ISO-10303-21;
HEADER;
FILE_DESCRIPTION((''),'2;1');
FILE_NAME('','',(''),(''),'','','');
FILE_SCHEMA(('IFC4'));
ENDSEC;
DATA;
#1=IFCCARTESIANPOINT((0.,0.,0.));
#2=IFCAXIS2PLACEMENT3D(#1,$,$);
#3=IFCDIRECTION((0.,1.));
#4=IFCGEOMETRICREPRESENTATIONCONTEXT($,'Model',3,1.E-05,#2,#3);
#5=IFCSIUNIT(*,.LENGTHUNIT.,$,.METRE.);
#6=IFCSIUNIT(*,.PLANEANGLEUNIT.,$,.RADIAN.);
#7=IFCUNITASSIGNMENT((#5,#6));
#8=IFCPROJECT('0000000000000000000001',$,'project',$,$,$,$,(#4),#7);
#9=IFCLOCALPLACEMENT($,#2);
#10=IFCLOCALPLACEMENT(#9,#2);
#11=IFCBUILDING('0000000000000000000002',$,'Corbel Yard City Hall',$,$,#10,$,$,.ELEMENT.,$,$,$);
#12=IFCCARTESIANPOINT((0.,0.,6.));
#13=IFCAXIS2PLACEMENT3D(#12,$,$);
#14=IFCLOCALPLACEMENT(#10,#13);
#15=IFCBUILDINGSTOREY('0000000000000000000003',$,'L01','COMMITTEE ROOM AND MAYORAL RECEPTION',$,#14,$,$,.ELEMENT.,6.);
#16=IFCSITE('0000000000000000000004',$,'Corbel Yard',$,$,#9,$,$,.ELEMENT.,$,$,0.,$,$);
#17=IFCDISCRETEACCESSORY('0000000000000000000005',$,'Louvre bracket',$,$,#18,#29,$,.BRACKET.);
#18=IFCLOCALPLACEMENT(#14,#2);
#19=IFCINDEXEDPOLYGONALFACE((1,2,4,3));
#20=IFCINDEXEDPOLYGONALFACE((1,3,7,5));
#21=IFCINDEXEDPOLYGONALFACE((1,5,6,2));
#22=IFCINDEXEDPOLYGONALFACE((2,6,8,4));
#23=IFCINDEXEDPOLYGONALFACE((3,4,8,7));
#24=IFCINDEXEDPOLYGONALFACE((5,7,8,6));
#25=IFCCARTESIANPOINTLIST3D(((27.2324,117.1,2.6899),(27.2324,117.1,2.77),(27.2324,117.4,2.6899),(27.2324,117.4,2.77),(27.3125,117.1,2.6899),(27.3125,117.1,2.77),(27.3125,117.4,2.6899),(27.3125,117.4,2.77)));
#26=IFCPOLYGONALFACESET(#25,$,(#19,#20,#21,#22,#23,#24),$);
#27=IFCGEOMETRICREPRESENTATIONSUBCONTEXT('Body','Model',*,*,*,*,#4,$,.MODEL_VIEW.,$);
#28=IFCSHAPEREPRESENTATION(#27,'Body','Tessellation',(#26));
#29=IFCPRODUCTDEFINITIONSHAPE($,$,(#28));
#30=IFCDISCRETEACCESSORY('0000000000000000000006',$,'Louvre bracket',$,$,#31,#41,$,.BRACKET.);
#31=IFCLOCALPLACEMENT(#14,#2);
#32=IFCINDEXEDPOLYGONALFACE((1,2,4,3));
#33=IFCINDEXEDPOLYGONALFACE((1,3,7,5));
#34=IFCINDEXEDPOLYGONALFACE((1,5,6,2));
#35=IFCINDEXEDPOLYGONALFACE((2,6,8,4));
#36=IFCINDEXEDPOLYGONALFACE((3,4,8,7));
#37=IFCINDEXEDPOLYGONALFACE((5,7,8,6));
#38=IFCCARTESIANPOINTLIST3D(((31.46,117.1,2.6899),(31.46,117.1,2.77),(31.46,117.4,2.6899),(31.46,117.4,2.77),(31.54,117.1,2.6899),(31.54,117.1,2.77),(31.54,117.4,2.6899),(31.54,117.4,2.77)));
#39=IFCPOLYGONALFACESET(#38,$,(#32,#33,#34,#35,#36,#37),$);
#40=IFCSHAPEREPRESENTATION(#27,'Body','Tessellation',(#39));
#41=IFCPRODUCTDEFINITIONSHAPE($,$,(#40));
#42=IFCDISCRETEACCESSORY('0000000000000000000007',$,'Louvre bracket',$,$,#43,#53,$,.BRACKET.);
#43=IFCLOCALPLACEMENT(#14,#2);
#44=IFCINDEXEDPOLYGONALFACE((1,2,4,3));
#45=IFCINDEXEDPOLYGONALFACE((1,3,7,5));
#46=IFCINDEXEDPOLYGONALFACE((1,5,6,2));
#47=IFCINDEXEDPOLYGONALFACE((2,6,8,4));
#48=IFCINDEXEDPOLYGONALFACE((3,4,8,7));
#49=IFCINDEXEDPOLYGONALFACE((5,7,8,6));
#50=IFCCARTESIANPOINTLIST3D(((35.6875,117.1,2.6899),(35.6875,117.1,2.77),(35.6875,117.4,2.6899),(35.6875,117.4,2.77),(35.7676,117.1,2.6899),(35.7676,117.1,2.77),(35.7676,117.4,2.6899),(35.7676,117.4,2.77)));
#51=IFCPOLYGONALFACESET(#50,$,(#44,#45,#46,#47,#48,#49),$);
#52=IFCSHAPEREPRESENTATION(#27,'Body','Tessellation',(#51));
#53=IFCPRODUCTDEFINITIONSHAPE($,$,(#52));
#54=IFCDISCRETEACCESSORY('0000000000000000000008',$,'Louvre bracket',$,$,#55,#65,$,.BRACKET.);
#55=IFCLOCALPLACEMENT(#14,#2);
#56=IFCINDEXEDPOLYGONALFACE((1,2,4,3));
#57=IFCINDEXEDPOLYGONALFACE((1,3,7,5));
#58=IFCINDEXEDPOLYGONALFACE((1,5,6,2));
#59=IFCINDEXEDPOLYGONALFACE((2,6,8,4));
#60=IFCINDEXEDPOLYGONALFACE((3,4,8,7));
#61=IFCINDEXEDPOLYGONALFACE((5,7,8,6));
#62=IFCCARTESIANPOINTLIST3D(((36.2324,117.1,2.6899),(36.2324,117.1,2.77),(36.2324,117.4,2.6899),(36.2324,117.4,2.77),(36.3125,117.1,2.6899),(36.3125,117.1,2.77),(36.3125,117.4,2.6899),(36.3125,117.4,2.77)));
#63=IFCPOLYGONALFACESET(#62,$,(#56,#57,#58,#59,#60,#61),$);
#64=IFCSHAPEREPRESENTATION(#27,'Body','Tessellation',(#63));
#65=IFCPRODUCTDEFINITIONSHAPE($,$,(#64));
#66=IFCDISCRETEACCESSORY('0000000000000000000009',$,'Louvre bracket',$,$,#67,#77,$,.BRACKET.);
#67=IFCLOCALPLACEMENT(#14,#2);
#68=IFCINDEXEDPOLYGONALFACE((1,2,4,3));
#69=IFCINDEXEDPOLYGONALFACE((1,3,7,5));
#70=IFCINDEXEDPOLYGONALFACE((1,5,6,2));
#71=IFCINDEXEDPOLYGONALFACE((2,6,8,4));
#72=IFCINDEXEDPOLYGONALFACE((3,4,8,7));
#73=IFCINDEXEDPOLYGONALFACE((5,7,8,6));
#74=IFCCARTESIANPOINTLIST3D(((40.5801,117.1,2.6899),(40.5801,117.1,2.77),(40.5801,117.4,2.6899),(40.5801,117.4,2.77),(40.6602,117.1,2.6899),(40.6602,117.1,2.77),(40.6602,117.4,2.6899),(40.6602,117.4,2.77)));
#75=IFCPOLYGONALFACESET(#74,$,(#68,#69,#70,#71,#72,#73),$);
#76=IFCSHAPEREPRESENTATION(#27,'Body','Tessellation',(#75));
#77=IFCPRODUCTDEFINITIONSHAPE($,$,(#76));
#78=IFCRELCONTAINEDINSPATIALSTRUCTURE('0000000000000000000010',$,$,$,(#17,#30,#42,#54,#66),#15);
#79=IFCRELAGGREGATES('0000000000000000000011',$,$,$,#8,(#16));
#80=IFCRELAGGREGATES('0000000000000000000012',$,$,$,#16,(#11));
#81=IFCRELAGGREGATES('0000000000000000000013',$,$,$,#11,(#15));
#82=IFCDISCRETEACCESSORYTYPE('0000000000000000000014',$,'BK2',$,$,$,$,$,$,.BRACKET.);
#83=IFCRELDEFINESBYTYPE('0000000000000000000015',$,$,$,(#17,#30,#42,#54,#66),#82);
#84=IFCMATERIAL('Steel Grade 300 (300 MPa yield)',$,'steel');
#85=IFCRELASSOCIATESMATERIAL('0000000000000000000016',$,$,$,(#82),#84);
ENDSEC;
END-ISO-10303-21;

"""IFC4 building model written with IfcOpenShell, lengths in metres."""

from ifc_helpers import new_model, si_unit, direction, frame, origin, origin_2d, place, context, subcontext, project, spatial, rectangle, extrude, material, type_object, element, save


model = new_model("IFC4")

# Units and contexts
model_context = context("Model", 3, precision=1e-05, world=origin(), true_north=direction((0.0, 1.0)))
body_context = subcontext(model_context, "Body", "Model", "MODEL_VIEW")
ifc_project = project(units=[si_unit("LENGTHUNIT", "METRE"), si_unit("PLANEANGLEUNIT", "RADIAN")], contexts=[model_context])

# Site, building, storey
site_placement = place(None, origin())
site = spatial("IfcSite", under=ifc_project, at=site_placement, Name="Corbel Yard", CompositionType="ELEMENT", RefElevation=0.0)
building_placement = place(site_placement, origin())
building = spatial("IfcBuilding", under=site, at=building_placement, Name="Corbel Yard City Hall", CompositionType="ELEMENT")
storey_placement = place(building_placement, frame((0.0, 0.0, 6.0)))
storey = spatial("IfcBuildingStorey", under=building, at=storey_placement, Name="L01", Description="COMMITTEE ROOM AND MAYORAL RECEPTION", CompositionType="ELEMENT", Elevation=6.0)

# Discrete accessories
ifc_material_1 = material(Name="Steel Grade 300 (300 MPa yield)", Category="steel")
discrete_accessory_type = type_object("IfcDiscreteAccessoryType", Name="BK2", PredefinedType="BRACKET", material=ifc_material_1)
for number, where, z_axis, x_axis, name in (
    (1, (27.2725, 117.25, 2.6899), (0.0, 0.0, 1.0), (1.0, 0.0, 0.0), "Louvre bracket"),
    (2, (31.5, 117.25, 2.6899), (0.0, 0.0, 1.0), (1.0, 0.0, 0.0), "Louvre bracket"),
    (3, (35.7275, 117.25, 2.6899), (0.0, 0.0, 1.0), (1.0, 0.0, 0.0), "Louvre bracket"),
    (4, (36.2725, 117.25, 2.6899), (0.0, 0.0, 1.0), (1.0, 0.0, 0.0), "Louvre bracket"),
    (5, (40.6201, 117.25, 2.6899), (0.0, 0.0, 1.0), (1.0, 0.0, 0.0), "Louvre bracket"),
):
    element("IfcDiscreteAccessory", number, at=place(storey_placement, frame(where, z_axis=z_axis, x_axis=x_axis)), inside=storey, type_object=discrete_accessory_type, Name=name, PredefinedType="BRACKET", context=body_context, shape_type="SweptSolid", body=[
        extrude(rectangle(XDim=0.0801, YDim=0.3, at=origin_2d()), origin(), (0.0, 0.0, 1.0), 0.0801),
    ])

save(model, "model.ifc")
